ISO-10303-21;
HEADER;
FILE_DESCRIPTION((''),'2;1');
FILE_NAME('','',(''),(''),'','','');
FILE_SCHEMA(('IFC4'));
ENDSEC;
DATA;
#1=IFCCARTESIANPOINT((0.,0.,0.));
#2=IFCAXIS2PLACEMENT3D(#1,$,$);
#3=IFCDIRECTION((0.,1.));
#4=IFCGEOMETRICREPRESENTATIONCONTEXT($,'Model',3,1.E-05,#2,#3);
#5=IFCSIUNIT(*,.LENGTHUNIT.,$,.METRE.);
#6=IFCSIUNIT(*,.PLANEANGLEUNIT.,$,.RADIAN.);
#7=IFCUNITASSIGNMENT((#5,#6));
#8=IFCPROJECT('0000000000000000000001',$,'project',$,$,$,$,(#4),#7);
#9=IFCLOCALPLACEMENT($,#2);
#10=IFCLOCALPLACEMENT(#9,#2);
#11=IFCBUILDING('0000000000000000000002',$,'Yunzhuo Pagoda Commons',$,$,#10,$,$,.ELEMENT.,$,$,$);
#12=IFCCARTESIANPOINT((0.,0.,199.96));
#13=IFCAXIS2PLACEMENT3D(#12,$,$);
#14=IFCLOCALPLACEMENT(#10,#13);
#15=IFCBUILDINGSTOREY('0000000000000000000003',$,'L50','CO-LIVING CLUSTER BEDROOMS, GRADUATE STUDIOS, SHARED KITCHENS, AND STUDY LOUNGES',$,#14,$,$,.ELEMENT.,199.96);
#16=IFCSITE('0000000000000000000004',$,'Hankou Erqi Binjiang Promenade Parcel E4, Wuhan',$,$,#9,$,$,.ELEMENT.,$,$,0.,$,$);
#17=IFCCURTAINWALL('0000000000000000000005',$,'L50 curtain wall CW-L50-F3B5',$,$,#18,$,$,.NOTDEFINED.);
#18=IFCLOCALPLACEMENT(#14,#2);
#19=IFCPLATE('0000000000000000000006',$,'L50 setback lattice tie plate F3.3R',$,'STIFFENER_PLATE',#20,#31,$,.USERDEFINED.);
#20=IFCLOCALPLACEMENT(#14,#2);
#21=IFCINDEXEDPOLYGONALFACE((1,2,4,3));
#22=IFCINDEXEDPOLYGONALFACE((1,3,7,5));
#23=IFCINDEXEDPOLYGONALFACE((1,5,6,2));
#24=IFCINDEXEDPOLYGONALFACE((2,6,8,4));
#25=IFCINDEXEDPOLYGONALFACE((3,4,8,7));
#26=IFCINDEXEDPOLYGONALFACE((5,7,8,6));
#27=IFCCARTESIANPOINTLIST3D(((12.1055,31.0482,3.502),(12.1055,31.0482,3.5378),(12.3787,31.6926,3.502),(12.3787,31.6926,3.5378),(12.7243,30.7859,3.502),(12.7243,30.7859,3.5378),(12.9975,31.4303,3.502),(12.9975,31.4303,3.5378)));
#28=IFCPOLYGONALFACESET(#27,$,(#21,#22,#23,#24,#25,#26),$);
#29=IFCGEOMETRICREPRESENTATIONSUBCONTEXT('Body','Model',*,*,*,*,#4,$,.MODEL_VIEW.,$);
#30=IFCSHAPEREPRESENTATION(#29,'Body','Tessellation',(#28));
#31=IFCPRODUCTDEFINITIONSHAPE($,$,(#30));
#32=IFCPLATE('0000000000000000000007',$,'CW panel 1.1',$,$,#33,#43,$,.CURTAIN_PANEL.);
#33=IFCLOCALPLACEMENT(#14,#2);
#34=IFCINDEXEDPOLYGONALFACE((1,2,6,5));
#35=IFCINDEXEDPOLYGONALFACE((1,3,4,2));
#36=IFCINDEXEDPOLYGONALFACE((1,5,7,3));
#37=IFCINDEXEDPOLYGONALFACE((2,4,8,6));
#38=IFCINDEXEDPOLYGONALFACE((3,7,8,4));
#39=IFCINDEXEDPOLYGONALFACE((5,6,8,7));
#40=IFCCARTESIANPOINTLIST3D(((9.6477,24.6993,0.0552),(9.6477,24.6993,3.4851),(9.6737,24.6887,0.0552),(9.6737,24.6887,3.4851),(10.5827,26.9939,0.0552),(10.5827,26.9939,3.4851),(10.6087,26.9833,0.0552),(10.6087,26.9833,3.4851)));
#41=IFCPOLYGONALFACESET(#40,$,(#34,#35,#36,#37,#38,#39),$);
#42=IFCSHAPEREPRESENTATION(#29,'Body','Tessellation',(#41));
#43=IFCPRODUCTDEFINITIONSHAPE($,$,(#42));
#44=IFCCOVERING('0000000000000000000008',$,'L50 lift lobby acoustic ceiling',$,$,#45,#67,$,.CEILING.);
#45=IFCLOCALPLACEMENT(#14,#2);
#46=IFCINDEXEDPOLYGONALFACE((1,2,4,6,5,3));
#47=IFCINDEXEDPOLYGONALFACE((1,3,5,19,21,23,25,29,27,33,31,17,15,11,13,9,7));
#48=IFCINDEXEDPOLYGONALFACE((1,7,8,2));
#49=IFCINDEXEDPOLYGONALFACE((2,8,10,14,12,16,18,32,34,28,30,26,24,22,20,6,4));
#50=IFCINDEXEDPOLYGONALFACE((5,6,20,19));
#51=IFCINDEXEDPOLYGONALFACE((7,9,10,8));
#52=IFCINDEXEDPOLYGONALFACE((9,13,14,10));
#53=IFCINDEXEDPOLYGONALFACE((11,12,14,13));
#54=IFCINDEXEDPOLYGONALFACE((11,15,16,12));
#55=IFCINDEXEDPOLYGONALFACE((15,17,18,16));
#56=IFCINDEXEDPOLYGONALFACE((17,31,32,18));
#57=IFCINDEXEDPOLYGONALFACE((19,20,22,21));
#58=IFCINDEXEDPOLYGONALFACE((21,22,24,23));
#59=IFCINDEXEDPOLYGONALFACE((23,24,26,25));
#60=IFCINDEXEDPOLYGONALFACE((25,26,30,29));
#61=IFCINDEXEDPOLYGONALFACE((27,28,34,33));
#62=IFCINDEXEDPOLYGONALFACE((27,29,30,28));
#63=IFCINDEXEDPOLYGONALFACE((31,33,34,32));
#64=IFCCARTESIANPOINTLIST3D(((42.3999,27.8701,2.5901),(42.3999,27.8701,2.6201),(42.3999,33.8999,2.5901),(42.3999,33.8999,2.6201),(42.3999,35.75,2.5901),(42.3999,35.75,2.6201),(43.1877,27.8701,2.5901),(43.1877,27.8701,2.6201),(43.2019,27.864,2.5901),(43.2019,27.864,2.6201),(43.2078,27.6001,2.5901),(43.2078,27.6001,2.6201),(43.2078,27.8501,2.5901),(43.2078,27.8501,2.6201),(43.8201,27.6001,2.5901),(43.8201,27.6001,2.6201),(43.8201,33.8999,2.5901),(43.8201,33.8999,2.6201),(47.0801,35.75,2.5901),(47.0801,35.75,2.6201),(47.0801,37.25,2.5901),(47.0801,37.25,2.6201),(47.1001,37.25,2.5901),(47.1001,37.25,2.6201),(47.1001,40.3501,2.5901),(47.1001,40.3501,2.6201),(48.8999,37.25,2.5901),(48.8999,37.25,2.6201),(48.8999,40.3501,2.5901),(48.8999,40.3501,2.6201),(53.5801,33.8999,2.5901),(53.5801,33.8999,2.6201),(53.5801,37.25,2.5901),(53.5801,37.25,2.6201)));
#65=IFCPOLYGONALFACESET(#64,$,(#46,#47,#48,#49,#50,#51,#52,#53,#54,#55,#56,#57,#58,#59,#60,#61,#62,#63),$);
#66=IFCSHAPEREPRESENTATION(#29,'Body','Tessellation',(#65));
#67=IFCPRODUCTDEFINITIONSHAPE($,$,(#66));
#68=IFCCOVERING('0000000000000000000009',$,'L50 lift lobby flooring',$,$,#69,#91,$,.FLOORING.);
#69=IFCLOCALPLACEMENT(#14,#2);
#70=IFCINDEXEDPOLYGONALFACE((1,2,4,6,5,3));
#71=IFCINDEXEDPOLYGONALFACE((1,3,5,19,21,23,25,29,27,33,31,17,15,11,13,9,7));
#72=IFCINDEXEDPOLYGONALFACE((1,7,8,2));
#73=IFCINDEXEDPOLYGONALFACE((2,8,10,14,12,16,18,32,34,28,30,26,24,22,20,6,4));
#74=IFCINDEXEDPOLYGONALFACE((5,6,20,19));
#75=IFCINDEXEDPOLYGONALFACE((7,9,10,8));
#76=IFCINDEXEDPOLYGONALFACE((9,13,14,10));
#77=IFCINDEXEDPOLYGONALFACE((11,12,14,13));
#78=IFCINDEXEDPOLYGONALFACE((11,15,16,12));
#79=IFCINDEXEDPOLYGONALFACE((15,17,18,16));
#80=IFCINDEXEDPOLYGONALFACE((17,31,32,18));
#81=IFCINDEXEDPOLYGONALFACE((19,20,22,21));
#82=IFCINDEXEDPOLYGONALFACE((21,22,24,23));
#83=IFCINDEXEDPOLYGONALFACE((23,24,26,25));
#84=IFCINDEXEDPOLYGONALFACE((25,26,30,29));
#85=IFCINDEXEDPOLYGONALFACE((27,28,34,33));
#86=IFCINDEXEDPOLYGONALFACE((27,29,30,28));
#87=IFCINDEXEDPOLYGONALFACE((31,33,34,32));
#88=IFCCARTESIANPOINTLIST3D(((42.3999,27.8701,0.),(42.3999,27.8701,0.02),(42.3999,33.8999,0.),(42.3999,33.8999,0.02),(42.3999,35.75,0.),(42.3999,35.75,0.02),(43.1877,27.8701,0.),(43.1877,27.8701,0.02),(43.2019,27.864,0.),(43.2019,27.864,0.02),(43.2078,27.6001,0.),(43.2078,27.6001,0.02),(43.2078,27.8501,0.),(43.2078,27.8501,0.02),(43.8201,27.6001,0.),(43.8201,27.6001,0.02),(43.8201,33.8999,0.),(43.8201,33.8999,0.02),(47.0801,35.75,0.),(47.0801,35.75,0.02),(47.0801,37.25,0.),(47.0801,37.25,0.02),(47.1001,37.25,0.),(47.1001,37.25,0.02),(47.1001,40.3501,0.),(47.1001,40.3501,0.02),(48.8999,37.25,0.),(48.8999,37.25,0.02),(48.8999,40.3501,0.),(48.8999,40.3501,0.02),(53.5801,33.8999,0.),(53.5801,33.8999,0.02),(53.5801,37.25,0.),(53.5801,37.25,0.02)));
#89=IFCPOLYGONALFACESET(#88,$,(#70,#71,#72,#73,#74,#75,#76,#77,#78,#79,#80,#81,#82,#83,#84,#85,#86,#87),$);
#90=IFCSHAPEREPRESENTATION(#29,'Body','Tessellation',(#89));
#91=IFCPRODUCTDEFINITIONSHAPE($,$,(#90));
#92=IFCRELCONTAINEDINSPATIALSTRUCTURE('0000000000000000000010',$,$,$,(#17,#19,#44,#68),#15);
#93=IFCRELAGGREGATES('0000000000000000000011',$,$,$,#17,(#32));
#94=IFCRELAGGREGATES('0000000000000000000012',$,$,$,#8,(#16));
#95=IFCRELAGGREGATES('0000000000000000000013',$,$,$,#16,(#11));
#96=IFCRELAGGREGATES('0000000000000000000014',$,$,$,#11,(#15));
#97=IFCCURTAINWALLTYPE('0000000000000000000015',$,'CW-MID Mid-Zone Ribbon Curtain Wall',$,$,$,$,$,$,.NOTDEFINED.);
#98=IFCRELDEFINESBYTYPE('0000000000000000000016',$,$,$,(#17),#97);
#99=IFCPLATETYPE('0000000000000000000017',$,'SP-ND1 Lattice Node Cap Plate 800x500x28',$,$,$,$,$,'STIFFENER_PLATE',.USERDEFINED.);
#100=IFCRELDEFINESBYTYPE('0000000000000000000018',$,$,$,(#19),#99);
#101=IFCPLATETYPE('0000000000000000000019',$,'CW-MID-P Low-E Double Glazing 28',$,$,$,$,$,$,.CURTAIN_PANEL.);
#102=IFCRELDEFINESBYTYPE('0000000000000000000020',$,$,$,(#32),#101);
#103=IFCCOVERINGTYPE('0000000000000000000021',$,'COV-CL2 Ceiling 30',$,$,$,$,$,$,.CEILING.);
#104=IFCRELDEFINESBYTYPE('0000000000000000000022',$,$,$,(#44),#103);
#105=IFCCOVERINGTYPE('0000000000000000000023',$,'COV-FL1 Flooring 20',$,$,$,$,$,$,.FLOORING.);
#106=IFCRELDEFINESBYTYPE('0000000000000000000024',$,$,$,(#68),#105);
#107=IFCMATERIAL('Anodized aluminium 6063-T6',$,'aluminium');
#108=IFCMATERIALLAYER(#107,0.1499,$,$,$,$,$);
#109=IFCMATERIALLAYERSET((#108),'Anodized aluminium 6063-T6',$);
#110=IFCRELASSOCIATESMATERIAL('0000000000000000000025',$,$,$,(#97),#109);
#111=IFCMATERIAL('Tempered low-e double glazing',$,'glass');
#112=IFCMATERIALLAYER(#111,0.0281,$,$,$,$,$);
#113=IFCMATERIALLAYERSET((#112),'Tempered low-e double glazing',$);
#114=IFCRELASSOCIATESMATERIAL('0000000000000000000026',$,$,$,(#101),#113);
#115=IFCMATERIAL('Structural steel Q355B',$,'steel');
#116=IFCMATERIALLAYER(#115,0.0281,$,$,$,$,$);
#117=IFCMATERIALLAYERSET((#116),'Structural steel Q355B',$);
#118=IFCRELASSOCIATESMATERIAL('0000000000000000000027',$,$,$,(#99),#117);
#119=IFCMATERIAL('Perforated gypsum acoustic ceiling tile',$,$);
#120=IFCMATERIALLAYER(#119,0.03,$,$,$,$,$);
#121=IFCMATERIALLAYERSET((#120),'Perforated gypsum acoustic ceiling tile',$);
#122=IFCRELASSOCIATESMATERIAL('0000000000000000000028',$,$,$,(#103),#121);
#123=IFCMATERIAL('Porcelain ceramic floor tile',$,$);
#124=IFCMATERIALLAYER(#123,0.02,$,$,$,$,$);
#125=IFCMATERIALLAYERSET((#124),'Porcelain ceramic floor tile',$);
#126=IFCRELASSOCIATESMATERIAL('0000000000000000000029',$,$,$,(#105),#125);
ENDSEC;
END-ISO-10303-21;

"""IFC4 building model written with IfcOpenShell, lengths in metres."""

from ifc_helpers import new_model, si_unit, direction, frame, origin, origin_2d, place, context, subcontext, project, spatial, polyline, rectangle, outline, extrude, source, transform, mapped, material, layer, layer_set, type_object, element, aggregate, save


model = new_model("IFC4")

# Units and contexts
model_context = context("Model", 3, precision=1e-05, world=origin(), true_north=direction((0.0, 1.0)))
body_context = subcontext(model_context, "Body", "Model", "MODEL_VIEW")
ifc_project = project(units=[si_unit("LENGTHUNIT", "METRE"), si_unit("PLANEANGLEUNIT", "RADIAN")], contexts=[model_context])

# Site, building, storey
site_placement = place(None, origin())
site = spatial("IfcSite", under=ifc_project, at=site_placement, Name="Hankou Erqi Binjiang Promenade Parcel E4, Wuhan", CompositionType="ELEMENT", RefElevation=0.0)
building_placement = place(site_placement, origin())
building = spatial("IfcBuilding", under=site, at=building_placement, Name="Yunzhuo Pagoda Commons", CompositionType="ELEMENT")
storey_placement = place(building_placement, frame((0.0, 0.0, 199.96)))
storey = spatial("IfcBuildingStorey", under=building, at=storey_placement, Name="L50", Description="CO-LIVING CLUSTER BEDROOMS, GRADUATE STUDIOS, SHARED KITCHENS, AND STUDY LOUNGES", CompositionType="ELEMENT", Elevation=199.96)

# Shared definitions
ifc_material_1 = material(Name="Structural steel Q355B", Category="steel")

# Shared definitions
ifc_material_2 = material(Name="Anodized aluminium 6063-T6", Category="aluminium")
ifc_layer_1 = layer(ifc_material_2, 0.1499)
ifc_layer_set_1 = layer_set([ifc_layer_1], Name="Anodized aluminium 6063-T6")
curtain_wall_type = type_object("IfcCurtainWallType", Name="CW-MID Mid-Zone Ribbon Curtain Wall", PredefinedType="NOTDEFINED", material=ifc_layer_set_1)

# Curtain wall
curtain_wall_1_placement = place(storey_placement, origin())
curtain_wall_1 = element("IfcCurtainWall", 1, at=curtain_wall_1_placement, inside=storey, type_object=curtain_wall_type, Name="L50 curtain wall CW-L50-F3B5", PredefinedType="NOTDEFINED")

# Shared definitions
ifc_material_3 = material(Name="Tempered low-e double glazing", Category="glass")
ifc_layer_2 = layer(ifc_material_3, 0.0281)
ifc_layer_set_2 = layer_set([ifc_layer_2], Name="Tempered low-e double glazing")
plate_type_1 = type_object("IfcPlateType", Name="CW-MID-P Low-E Double Glazing 28", PredefinedType="CURTAIN_PANEL", material=ifc_layer_set_2)

# Plates
ifc_layer_3 = layer(ifc_material_1, 0.0281)
ifc_layer_set_3 = layer_set([ifc_layer_3], Name="Structural steel Q355B")
plate_type_2 = type_object("IfcPlateType", Name="SP-ND1 Lattice Node Cap Plate 800x500x28", ElementType="STIFFENER_PLATE", PredefinedType="USERDEFINED", material=ifc_layer_set_3)
shared_shape_1 = source(origin(), body_context, "Body", "SweptSolid", [
    extrude(rectangle(XDim=0.7, YDim=0.6721, at=origin_2d()), origin(), (0.0, 0.0, 1.0), 0.0359),
])
plate_1_placement = place(storey_placement, frame((12.5515, 31.2393, 3.502), z_axis=(0.0, 0.0, 1.0), x_axis=(-0.390346, -0.920668, 0.0)))
element("IfcPlate", 2, at=plate_1_placement, inside=storey, type_object=plate_type_2, Name="L50 setback lattice tie plate F3.3R", ObjectType="STIFFENER_PLATE", PredefinedType="USERDEFINED", context=body_context, shape_type="MappedRepresentation", body=[
    mapped(shared_shape_1, transform((0.0, 0.0, 0.0), scale=1.0)),
])
shared_shape_2 = source(origin(), body_context, "Body", "SweptSolid", [
    extrude(rectangle(XDim=2.4778, YDim=0.0281, at=origin_2d()), origin(), (0.0, 0.0, 1.0), 3.4299),
])
plate_2_placement = place(storey_placement, frame((10.1282, 25.8413, 0.0552), z_axis=(0.0, 0.0, 1.0), x_axis=(-0.377349, -0.926071, 0.0)))
plate_2 = element("IfcPlate", 3, at=plate_2_placement, type_object=plate_type_1, Name="CW panel 1.1", PredefinedType="CURTAIN_PANEL", context=body_context, shape_type="MappedRepresentation", body=[
    mapped(shared_shape_2, transform((0.0, 0.0, 0.0), scale=1.0)),
])
aggregate(curtain_wall_1, [plate_2])

# Coverings
ifc_material_4 = material(Name="Perforated gypsum acoustic ceiling tile")
ifc_layer_4 = layer(ifc_material_4, 0.03)
ifc_layer_set_4 = layer_set([ifc_layer_4], Name="Perforated gypsum acoustic ceiling tile")
covering_type_1 = type_object("IfcCoveringType", Name="COV-CL2 Ceiling 30", PredefinedType="CEILING", material=ifc_layer_set_4)
covering_1_placement = place(storey_placement, frame((0.0, 0.0, 2.5901)))
element("IfcCovering", 4, at=covering_1_placement, inside=storey, type_object=covering_type_1, Name="L50 lift lobby acoustic ceiling", PredefinedType="CEILING", context=body_context, shape_type="SweptSolid", body=[
    extrude(outline(polyline([(42.3999, 35.75), (47.0801, 35.75), (47.0801, 37.25), (47.1001, 37.25), (47.1001, 40.3501), (48.8999, 40.3501), (48.8999, 37.25), (53.5801, 37.25), (53.5801, 33.8999), (43.8201, 33.8999), (43.8201, 27.6001), (43.2078, 27.6001), (43.2078, 27.8501), (43.2019, 27.864), (43.1877, 27.8701), (42.3999, 27.8701), (42.3999, 33.8999), (42.3999, 35.75)])), origin(), (0.0, 0.0, 1.0), 0.03),
])
ifc_material_5 = material(Name="Porcelain ceramic floor tile")
ifc_layer_5 = layer(ifc_material_5, 0.02)
ifc_layer_set_5 = layer_set([ifc_layer_5], Name="Porcelain ceramic floor tile")
covering_type_2 = type_object("IfcCoveringType", Name="COV-FL1 Flooring 20", PredefinedType="FLOORING", material=ifc_layer_set_5)
covering_2_placement = place(storey_placement, origin())
element("IfcCovering", 5, at=covering_2_placement, inside=storey, type_object=covering_type_2, Name="L50 lift lobby flooring", PredefinedType="FLOORING", context=body_context, shape_type="SweptSolid", body=[
    extrude(outline(polyline([(42.3999, 35.75), (47.0801, 35.75), (47.0801, 37.25), (47.1001, 37.25), (47.1001, 40.3501), (48.8999, 40.3501), (48.8999, 37.25), (53.5801, 37.25), (53.5801, 33.8999), (43.8201, 33.8999), (43.8201, 27.6001), (43.2078, 27.6001), (43.2078, 27.8501), (43.2019, 27.864), (43.1877, 27.8701), (42.3999, 27.8701), (42.3999, 33.8999), (42.3999, 35.75)])), origin(), (0.0, 0.0, 1.0), 0.02),
])

save(model, "model.ifc")
